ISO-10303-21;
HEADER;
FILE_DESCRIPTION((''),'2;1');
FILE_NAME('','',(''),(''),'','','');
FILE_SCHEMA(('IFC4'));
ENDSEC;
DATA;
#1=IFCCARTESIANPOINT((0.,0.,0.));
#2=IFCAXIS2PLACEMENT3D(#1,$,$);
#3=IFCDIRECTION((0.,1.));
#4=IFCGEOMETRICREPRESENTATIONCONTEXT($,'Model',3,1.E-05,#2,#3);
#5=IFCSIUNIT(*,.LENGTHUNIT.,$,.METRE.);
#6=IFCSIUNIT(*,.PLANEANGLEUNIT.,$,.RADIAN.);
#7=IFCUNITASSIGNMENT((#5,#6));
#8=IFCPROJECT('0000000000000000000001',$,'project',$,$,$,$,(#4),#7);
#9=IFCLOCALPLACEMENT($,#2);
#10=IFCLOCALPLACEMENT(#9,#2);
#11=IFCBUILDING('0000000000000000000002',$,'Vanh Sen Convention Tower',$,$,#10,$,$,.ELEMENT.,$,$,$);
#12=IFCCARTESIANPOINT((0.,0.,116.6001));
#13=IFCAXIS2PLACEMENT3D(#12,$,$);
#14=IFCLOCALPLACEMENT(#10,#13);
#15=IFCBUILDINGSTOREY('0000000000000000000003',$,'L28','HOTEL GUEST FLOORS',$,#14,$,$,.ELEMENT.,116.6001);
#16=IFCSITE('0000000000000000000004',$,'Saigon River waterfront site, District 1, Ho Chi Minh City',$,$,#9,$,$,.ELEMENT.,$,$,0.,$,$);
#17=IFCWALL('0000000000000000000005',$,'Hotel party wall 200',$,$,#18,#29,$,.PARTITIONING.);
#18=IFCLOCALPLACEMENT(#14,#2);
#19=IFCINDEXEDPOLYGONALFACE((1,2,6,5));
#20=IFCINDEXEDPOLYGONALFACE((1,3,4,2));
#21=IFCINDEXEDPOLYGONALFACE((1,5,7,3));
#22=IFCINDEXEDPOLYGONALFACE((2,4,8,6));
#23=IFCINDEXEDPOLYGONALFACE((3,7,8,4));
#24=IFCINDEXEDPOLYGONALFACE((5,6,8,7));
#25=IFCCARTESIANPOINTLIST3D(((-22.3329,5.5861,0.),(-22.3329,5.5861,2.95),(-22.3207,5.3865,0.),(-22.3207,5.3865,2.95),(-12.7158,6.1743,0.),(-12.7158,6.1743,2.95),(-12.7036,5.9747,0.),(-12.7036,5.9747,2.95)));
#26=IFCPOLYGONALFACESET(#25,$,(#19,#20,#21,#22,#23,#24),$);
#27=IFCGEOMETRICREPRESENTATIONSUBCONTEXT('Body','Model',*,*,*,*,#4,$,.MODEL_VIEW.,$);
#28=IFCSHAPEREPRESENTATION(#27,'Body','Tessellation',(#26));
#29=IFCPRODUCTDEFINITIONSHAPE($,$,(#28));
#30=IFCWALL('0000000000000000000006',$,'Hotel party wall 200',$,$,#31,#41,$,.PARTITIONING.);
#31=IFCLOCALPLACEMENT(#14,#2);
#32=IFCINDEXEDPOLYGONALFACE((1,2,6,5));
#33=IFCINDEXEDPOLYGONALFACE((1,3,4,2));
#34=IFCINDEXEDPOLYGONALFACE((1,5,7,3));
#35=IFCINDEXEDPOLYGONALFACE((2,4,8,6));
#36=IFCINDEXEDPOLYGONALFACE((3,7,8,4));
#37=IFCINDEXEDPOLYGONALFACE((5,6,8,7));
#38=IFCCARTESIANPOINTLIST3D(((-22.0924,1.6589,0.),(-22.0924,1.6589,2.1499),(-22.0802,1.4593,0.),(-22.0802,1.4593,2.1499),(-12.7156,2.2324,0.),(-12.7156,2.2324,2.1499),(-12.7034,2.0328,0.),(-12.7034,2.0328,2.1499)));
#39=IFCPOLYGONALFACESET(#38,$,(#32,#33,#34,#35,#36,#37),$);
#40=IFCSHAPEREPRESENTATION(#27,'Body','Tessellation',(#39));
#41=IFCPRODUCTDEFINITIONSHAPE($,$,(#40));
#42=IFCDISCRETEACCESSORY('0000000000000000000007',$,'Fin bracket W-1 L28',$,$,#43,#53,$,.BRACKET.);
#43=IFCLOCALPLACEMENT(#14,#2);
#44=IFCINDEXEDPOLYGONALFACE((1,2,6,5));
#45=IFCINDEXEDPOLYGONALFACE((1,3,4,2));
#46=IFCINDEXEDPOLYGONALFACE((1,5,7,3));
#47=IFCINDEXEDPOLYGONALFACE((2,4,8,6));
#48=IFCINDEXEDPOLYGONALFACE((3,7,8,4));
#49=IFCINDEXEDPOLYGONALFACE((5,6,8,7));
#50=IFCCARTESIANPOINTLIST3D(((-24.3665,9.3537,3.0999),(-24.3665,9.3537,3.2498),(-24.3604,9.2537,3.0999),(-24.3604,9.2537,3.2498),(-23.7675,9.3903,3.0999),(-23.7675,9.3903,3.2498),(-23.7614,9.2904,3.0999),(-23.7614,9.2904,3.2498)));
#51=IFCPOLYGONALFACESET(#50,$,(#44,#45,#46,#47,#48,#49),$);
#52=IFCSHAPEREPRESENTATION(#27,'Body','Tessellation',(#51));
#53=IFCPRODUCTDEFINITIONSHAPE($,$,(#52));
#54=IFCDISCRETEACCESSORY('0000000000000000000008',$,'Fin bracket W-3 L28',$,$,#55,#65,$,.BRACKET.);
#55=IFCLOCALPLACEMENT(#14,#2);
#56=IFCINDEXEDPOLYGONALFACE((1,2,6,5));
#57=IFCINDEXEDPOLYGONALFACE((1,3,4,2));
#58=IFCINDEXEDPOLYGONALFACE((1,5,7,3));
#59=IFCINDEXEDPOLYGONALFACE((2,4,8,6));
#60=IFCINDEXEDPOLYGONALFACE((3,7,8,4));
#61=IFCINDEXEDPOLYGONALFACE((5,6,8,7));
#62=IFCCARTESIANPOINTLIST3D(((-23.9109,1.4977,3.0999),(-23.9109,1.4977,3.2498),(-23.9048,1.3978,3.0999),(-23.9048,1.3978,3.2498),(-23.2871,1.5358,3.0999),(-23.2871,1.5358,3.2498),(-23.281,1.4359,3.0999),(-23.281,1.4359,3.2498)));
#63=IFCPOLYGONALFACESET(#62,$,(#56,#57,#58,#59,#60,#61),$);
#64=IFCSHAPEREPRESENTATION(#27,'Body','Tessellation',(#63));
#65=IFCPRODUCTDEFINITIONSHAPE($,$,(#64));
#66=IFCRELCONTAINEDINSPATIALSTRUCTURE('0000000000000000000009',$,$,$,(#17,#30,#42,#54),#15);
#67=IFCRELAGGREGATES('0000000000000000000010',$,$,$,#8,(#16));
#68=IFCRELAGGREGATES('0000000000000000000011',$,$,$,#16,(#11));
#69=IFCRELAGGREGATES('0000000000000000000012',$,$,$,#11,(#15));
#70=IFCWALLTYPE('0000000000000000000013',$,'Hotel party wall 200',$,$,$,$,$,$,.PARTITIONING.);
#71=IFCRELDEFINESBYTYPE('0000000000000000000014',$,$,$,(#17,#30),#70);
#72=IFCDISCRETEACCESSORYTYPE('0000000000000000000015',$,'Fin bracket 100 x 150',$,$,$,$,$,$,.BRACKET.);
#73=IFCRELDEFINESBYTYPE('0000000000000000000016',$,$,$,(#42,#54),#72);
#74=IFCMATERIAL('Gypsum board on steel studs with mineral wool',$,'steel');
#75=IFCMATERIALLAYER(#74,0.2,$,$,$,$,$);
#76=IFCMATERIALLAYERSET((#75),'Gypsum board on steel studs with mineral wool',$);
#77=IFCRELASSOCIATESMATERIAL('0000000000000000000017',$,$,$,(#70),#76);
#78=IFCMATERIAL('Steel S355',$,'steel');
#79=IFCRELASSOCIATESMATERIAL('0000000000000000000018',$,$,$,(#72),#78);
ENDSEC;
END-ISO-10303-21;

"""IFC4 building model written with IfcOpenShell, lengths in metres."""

from ifc_helpers import new_model, si_unit, direction, frame, frame_2d, origin, origin_2d, place, context, subcontext, project, spatial, rectangle, extrude, material, layer, layer_set, type_object, element, save


model = new_model("IFC4")

# Units and contexts
model_context = context("Model", 3, precision=1e-05, world=origin(), true_north=direction((0.0, 1.0)))
body_context = subcontext(model_context, "Body", "Model", "MODEL_VIEW")
ifc_project = project(units=[si_unit("LENGTHUNIT", "METRE"), si_unit("PLANEANGLEUNIT", "RADIAN")], contexts=[model_context])

# Site, building, storey
site_placement = place(None, origin())
site = spatial("IfcSite", under=ifc_project, at=site_placement, Name="Saigon River waterfront site, District 1, Ho Chi Minh City", CompositionType="ELEMENT", RefElevation=0.0)
building_placement = place(site_placement, origin())
building = spatial("IfcBuilding", under=site, at=building_placement, Name="Vanh Sen Convention Tower", CompositionType="ELEMENT")
storey_placement = place(building_placement, frame((0.0, 0.0, 116.6001)))
storey = spatial("IfcBuildingStorey", under=building, at=storey_placement, Name="L28", Description="HOTEL GUEST FLOORS", CompositionType="ELEMENT", Elevation=116.6001)

# Walls
ifc_material_1 = material(Name="Gypsum board on steel studs with mineral wool", Category="steel")
ifc_layer_1 = layer(ifc_material_1, 0.2)
ifc_layer_set_1 = layer_set([ifc_layer_1], Name="Gypsum board on steel studs with mineral wool")
wall_type_1 = type_object("IfcWallType", Name="Hotel party wall 200", PredefinedType="PARTITIONING", material=ifc_layer_set_1)
wall_1_placement = place(storey_placement, frame((-22.3267, 5.4863, 0.0), z_axis=(0.0, 0.0, 1.0), x_axis=(0.998135, 0.061042, 0.0)))
element("IfcWall", 1, at=wall_1_placement, inside=storey, type_object=wall_type_1, Name="Hotel party wall 200", PredefinedType="PARTITIONING", context=body_context, shape_type="SweptSolid", body=[
    extrude(rectangle(XDim=9.635, YDim=0.2, at=frame_2d((4.8174, 0.0))), origin(), (0.0, 0.0, 1.0), 2.95),
])
wall_2_placement = place(storey_placement, frame((-22.0864, 1.5591, 0.0), z_axis=(0.0, 0.0, 1.0), x_axis=(0.998135, 0.061047, 0.0)))
element("IfcWall", 2, at=wall_2_placement, inside=storey, type_object=wall_type_1, Name="Hotel party wall 200", PredefinedType="PARTITIONING", context=body_context, shape_type="SweptSolid", body=[
    extrude(rectangle(XDim=9.3943, YDim=0.2, at=frame_2d((4.6973, 0.0))), origin(), (0.0, 0.0, 1.0), 2.1499),
])

# Discrete accessories
ifc_material_2 = material(Name="Steel S355", Category="steel")
discrete_accessory_type = type_object("IfcDiscreteAccessoryType", Name="Fin bracket 100 x 150", PredefinedType="BRACKET", material=ifc_material_2)
discrete_accessory_1_placement = place(storey_placement, frame((-24.064, 9.322, 3.0999), z_axis=(0.0, 0.0, 1.0), x_axis=(-0.998135, -0.061049, 0.0)))
element("IfcDiscreteAccessory", 3, at=discrete_accessory_1_placement, inside=storey, type_object=discrete_accessory_type, Name="Fin bracket W-1 L28", PredefinedType="BRACKET", context=body_context, shape_type="SweptSolid", body=[
    extrude(rectangle(XDim=0.6001, YDim=0.1001, at=origin_2d()), origin(), (0.0, 0.0, 1.0), 0.1499),
])
discrete_accessory_2_placement = place(storey_placement, frame((-23.5959, 1.4668, 3.0999), z_axis=(0.0, 0.0, 1.0), x_axis=(-0.998135, -0.061049, 0.0)))
element("IfcDiscreteAccessory", 4, at=discrete_accessory_2_placement, inside=storey, type_object=discrete_accessory_type, Name="Fin bracket W-3 L28", PredefinedType="BRACKET", context=body_context, shape_type="SweptSolid", body=[
    extrude(rectangle(XDim=0.625, YDim=0.1001, at=origin_2d()), origin(), (0.0, 0.0, 1.0), 0.1499),
])

save(model, "model.ifc")
